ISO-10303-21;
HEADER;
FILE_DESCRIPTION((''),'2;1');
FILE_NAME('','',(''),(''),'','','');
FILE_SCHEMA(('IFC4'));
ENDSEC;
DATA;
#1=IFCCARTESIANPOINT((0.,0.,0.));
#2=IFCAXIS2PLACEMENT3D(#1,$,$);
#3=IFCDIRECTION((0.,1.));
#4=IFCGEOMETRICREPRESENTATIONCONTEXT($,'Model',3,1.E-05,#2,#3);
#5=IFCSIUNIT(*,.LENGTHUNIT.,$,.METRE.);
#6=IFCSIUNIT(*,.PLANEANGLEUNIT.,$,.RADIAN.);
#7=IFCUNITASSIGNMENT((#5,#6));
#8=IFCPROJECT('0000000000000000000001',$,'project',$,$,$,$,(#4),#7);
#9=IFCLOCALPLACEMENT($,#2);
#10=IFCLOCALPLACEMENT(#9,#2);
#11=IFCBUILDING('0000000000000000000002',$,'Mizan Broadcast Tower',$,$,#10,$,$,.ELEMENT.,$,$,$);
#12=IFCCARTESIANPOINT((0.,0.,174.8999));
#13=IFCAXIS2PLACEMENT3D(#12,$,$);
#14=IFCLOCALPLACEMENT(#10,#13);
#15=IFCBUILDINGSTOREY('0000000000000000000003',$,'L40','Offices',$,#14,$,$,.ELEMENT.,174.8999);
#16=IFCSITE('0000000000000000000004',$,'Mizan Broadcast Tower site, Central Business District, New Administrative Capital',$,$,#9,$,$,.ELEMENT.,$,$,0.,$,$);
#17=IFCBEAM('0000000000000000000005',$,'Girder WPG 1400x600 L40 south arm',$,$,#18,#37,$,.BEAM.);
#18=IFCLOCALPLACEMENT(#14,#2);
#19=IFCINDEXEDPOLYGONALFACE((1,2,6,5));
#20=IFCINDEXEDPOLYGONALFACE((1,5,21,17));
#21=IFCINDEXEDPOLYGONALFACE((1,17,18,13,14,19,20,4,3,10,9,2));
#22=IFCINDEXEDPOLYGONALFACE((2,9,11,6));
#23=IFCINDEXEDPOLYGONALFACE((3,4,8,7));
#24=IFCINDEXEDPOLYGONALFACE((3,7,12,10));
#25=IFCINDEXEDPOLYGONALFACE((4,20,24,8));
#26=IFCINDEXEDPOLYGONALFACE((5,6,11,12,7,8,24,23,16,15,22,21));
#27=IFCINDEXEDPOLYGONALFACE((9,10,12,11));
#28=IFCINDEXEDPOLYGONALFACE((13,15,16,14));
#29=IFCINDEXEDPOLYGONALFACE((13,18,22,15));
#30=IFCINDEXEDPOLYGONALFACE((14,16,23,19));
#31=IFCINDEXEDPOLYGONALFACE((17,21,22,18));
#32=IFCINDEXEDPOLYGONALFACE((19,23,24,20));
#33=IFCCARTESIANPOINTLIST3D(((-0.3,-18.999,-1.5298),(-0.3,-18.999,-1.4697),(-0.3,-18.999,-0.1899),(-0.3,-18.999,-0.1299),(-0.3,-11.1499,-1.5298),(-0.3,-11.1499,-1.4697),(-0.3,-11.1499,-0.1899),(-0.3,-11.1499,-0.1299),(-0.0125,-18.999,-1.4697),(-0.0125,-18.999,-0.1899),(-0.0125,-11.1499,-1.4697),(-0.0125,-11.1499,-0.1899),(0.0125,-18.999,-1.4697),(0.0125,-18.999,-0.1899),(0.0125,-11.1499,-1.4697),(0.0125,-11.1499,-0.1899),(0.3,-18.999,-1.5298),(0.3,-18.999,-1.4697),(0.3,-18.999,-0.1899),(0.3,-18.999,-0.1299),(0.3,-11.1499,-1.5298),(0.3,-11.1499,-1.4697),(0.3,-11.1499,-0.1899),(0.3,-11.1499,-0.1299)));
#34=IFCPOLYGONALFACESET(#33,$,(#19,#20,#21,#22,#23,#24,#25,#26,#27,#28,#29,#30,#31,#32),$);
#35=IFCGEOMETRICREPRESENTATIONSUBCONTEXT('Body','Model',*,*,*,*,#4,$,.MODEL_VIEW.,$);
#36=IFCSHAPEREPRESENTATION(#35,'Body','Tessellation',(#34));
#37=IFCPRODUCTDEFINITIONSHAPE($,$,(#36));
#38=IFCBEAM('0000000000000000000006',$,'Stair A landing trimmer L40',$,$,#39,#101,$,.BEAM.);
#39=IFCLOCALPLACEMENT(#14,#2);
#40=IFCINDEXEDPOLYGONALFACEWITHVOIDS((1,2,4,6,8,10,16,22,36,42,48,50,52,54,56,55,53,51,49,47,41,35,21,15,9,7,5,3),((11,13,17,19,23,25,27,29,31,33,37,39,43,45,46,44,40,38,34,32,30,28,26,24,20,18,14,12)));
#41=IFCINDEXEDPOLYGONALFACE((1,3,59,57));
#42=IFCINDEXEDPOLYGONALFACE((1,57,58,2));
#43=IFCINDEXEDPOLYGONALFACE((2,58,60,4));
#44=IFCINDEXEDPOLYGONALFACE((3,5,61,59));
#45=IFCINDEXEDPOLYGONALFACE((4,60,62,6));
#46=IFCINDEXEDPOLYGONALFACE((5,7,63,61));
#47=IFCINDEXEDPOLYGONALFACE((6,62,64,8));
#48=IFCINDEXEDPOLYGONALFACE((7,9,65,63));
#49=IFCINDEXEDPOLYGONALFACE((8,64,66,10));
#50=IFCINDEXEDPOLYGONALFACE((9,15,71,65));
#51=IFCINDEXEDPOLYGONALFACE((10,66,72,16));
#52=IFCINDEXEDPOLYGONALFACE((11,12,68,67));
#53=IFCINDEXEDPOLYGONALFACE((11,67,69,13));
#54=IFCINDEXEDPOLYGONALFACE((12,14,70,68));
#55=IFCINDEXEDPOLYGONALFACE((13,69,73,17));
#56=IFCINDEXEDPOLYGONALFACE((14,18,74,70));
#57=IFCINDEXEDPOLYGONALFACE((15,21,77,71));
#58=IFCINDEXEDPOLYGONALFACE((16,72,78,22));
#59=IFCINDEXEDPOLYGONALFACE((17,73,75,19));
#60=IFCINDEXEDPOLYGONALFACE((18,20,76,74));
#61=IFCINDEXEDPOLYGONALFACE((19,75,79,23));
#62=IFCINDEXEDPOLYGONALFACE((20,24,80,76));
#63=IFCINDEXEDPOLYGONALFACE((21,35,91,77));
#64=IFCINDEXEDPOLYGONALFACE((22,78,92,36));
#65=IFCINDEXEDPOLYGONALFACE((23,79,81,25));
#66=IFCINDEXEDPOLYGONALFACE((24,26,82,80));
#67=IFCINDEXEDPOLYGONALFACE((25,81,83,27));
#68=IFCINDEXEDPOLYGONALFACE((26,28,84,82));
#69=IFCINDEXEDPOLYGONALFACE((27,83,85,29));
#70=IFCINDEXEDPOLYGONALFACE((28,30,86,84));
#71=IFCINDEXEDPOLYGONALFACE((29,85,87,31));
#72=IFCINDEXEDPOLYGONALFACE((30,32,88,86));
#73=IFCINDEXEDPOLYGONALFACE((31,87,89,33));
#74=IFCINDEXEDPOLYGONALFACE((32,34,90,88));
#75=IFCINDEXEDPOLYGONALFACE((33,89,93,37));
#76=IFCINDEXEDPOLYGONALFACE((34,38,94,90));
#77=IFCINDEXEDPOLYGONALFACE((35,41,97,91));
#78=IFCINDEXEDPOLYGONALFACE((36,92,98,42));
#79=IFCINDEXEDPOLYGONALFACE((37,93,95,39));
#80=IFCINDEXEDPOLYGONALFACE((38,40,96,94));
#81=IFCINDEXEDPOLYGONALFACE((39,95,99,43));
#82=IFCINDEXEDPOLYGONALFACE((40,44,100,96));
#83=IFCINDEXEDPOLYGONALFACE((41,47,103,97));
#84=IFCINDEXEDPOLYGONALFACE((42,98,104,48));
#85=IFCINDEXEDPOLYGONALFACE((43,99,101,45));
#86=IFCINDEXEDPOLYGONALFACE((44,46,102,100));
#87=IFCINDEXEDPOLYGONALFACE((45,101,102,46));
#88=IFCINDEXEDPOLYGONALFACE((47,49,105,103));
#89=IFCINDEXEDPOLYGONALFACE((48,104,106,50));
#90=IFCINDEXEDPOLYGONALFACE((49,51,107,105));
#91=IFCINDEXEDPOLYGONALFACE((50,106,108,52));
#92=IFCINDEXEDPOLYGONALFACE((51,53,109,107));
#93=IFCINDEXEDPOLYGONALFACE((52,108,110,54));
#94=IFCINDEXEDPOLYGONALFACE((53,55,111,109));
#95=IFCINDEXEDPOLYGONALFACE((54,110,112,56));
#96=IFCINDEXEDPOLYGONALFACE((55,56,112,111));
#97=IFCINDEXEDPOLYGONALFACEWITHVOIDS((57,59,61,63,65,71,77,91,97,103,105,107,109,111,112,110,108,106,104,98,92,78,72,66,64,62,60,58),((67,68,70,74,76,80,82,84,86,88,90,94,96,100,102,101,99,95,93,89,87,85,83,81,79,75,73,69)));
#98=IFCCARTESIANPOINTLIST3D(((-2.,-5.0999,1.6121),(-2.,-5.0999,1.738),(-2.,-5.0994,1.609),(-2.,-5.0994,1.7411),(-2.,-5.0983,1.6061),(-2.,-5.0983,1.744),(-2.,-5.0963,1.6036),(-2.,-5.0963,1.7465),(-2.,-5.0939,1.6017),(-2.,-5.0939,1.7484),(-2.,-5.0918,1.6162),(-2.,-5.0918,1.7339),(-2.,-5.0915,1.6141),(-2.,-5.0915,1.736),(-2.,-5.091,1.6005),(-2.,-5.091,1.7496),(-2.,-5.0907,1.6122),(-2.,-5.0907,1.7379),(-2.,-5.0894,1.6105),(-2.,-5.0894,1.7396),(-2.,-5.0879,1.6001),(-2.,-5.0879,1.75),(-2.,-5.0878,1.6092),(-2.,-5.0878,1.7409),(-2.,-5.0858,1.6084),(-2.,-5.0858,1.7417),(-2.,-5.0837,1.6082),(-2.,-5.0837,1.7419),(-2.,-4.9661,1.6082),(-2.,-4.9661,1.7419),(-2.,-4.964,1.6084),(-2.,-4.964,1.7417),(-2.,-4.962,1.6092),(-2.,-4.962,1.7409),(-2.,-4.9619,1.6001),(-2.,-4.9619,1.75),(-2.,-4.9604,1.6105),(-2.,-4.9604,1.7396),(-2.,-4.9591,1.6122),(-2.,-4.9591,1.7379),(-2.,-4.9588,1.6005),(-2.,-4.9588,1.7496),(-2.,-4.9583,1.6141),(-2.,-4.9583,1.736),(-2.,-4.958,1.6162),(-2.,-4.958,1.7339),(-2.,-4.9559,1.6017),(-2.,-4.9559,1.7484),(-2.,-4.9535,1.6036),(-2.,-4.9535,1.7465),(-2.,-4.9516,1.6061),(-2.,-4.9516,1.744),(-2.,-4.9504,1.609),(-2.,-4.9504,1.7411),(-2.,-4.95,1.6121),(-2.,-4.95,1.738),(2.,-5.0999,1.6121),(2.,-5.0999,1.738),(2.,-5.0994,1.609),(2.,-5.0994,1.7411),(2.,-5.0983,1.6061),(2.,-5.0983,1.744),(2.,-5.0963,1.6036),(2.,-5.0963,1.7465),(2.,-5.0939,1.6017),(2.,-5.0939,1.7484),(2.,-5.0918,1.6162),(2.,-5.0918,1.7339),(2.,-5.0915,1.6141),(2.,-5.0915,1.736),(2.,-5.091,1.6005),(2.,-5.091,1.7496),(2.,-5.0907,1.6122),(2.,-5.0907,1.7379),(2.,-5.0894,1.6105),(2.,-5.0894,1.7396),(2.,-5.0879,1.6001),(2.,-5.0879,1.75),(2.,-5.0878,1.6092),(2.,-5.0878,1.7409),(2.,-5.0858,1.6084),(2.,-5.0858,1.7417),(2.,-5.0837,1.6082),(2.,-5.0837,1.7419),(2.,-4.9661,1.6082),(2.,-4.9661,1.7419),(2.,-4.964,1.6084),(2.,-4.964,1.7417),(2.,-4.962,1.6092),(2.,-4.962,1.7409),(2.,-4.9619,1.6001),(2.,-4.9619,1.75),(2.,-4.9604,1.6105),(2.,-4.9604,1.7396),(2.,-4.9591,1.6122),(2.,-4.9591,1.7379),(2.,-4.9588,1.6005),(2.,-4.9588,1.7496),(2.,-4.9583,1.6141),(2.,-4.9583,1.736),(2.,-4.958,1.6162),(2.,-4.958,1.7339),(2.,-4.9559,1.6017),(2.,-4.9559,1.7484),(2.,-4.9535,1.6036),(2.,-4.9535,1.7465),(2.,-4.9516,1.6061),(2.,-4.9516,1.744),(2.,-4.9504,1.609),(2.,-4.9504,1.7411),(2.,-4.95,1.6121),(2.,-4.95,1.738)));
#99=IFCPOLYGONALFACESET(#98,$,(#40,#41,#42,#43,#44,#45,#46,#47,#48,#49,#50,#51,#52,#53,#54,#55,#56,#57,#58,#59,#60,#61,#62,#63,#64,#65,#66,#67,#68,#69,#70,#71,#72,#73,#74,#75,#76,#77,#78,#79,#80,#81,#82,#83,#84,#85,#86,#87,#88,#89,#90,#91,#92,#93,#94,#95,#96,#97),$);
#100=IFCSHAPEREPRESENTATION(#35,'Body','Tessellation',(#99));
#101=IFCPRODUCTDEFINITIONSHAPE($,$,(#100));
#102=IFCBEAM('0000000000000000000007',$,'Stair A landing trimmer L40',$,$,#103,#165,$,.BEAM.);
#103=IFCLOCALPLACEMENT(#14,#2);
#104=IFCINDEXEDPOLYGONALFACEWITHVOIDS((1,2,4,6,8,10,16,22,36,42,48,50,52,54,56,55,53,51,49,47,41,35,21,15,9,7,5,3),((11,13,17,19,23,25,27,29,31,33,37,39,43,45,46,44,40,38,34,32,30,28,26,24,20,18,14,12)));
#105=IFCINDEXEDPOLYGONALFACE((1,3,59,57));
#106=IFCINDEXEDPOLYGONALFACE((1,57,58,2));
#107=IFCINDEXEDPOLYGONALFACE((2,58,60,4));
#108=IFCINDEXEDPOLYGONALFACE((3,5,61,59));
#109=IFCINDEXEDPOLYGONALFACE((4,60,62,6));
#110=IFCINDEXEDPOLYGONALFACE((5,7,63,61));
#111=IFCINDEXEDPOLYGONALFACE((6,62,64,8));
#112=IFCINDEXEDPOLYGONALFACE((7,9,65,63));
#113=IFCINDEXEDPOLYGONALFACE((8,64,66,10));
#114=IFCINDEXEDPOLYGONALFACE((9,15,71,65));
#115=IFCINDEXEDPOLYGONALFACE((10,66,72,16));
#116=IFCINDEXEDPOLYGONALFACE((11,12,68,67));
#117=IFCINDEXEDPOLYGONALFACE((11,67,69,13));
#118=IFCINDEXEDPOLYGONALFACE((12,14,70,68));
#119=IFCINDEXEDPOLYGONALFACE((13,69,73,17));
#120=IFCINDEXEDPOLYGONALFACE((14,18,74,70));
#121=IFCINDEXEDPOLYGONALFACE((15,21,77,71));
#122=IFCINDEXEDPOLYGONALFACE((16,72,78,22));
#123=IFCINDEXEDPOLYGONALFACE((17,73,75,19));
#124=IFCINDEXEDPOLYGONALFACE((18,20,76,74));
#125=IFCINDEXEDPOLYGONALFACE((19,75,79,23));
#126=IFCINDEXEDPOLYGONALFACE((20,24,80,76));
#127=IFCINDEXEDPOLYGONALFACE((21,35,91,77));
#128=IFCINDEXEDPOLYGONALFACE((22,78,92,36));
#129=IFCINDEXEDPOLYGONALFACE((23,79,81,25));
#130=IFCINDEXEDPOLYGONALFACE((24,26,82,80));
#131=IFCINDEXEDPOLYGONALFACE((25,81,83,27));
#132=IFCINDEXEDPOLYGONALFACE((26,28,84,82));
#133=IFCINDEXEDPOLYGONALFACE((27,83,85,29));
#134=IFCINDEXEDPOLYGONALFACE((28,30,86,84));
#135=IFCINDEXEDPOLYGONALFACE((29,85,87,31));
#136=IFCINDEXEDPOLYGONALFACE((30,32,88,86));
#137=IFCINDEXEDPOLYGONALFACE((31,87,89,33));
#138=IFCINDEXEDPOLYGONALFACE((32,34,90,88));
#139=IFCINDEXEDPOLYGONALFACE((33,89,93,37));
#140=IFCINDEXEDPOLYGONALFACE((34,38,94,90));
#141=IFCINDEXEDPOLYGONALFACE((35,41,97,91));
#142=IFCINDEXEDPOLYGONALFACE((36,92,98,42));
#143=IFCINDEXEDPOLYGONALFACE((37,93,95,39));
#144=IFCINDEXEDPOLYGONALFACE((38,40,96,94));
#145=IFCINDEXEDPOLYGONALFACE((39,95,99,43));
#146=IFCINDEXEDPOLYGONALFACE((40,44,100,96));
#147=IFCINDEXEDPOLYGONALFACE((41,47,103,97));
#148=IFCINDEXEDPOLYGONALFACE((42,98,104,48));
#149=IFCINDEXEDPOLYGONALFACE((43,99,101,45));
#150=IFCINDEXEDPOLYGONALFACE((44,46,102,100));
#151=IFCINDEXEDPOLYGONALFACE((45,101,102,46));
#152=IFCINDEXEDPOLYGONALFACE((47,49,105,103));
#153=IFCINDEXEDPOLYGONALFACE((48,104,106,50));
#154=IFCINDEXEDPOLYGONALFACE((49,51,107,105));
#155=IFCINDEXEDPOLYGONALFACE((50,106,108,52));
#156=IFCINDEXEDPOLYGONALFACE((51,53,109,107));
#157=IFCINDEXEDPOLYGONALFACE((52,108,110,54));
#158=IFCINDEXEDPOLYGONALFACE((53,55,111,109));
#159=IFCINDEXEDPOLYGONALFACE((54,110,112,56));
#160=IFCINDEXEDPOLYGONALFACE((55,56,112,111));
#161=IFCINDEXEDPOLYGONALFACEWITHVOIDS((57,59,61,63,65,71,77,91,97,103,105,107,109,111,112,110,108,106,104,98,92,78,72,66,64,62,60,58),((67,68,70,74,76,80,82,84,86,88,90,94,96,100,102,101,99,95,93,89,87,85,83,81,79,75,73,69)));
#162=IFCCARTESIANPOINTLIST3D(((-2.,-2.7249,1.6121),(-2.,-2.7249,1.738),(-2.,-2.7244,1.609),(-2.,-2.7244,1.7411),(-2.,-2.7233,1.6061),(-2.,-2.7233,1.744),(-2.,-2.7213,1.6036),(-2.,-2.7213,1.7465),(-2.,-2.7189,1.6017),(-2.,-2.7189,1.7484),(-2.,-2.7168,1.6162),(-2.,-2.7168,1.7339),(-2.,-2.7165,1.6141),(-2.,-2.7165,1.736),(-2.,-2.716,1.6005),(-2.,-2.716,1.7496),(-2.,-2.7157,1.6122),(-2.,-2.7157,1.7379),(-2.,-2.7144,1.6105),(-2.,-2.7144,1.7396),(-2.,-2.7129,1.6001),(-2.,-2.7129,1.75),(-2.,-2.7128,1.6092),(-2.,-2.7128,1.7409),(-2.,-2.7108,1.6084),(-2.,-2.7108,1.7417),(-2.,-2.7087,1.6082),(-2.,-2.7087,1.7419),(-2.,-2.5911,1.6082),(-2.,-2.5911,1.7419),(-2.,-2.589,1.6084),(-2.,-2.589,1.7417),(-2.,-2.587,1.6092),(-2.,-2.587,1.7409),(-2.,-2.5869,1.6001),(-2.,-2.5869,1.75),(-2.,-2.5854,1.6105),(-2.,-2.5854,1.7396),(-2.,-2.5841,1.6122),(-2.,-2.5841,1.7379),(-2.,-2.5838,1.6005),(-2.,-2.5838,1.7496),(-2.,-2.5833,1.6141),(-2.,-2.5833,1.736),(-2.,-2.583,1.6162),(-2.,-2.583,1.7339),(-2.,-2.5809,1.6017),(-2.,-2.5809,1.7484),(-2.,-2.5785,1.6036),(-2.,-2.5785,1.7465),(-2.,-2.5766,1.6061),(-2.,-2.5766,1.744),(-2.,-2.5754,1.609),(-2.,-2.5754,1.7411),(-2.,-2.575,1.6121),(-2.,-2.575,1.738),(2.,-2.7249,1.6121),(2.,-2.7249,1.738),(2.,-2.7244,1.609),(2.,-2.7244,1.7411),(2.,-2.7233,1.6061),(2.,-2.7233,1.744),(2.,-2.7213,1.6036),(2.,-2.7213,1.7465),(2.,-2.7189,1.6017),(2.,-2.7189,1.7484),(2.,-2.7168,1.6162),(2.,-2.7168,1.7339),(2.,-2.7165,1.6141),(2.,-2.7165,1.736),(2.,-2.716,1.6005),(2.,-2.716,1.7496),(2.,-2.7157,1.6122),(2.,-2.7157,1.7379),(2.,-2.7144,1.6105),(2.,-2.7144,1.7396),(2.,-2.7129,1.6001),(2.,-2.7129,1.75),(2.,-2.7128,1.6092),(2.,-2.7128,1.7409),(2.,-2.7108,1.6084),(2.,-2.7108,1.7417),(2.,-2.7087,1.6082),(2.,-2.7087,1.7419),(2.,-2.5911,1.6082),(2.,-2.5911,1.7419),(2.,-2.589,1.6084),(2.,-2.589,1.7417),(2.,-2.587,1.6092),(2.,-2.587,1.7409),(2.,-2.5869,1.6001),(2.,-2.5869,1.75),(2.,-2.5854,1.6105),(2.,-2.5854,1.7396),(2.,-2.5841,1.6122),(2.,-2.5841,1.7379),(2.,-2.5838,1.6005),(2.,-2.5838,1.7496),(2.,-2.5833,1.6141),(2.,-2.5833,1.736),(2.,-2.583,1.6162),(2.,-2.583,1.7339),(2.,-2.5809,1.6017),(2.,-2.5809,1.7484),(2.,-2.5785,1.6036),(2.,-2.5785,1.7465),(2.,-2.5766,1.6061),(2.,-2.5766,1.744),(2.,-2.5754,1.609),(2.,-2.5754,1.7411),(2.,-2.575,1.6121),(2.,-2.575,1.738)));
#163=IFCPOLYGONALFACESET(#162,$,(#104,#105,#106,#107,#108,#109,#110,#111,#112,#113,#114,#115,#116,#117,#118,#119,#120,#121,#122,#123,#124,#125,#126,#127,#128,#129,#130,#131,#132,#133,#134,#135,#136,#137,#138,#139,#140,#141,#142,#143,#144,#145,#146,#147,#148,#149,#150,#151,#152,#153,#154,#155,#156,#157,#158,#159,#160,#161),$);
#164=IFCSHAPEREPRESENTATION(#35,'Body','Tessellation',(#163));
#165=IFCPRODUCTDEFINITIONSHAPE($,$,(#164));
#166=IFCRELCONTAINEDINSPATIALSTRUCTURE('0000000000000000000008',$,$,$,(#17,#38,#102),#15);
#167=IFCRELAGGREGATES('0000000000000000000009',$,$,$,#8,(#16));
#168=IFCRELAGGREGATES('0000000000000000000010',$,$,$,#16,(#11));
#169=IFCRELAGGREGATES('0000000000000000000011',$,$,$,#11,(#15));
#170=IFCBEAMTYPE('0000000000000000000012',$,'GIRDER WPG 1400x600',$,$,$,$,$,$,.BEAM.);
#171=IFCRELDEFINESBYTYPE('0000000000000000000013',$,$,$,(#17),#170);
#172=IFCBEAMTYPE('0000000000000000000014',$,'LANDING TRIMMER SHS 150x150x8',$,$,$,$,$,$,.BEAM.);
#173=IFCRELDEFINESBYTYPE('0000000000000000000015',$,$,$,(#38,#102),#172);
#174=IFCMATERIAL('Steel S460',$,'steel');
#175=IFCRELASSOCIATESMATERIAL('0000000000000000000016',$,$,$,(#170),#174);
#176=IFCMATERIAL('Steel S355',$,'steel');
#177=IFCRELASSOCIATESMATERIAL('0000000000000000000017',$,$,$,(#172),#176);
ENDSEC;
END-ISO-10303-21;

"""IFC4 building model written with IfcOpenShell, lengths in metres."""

from ifc_helpers import new_model, si_unit, direction, frame, origin, origin_2d, place, context, subcontext, project, spatial, hollow_rectangle, i_section, extrude, material, material_profile, profile_set, type_object, element, save


model = new_model("IFC4")

# Units and contexts
model_context = context("Model", 3, precision=1e-05, world=origin(), true_north=direction((0.0, 1.0)))
body_context = subcontext(model_context, "Body", "Model", "MODEL_VIEW")
ifc_project = project(units=[si_unit("LENGTHUNIT", "METRE"), si_unit("PLANEANGLEUNIT", "RADIAN")], contexts=[model_context])

# Site, building, storey
site_placement = place(None, origin())
site = spatial("IfcSite", under=ifc_project, at=site_placement, Name="Mizan Broadcast Tower site, Central Business District, New Administrative Capital", CompositionType="ELEMENT", RefElevation=0.0)
building_placement = place(site_placement, origin())
building = spatial("IfcBuilding", under=site, at=building_placement, Name="Mizan Broadcast Tower", CompositionType="ELEMENT")
storey_placement = place(building_placement, frame((0.0, 0.0, 174.8999)))
storey = spatial("IfcBuildingStorey", under=building, at=storey_placement, Name="L40", Description="Offices", CompositionType="ELEMENT", Elevation=174.8999)

# Beams
ifc_material_1 = material(Name="Steel S460", Category="steel")
ifc_material_profile_1 = material_profile(ifc_material_1, i_section(OverallWidth=0.6001, OverallDepth=1.3999, WebThickness=0.0249, FlangeThickness=0.0601, at=origin_2d()), Name="WPG 1400x600")
ifc_profile_set_1 = profile_set([ifc_material_profile_1], Name="Steel S460")
beam_type_1 = type_object("IfcBeamType", Name="GIRDER WPG 1400x600", PredefinedType="BEAM", material=ifc_profile_set_1)
beam_1_placement = place(storey_placement, frame((0.0, -11.1499, -0.8298), z_axis=(0.0, -1.0, 0.0), x_axis=(1.0, 0.0, 0.0)))
element("IfcBeam", 1, at=beam_1_placement, inside=storey, type_object=beam_type_1, Name="Girder WPG 1400x600 L40 south arm", PredefinedType="BEAM", context=body_context, shape_type="SweptSolid", body=[
    extrude(i_section(OverallWidth=0.6001, OverallDepth=1.3999, WebThickness=0.0249, FlangeThickness=0.0601, at=origin_2d()), origin(), (0.0, 0.0, 1.0), 7.8491),
])
ifc_material_2 = material(Name="Steel S355", Category="steel")
ifc_material_profile_2 = material_profile(ifc_material_2, hollow_rectangle(XDim=0.1499, YDim=0.1499, WallThickness=0.0081, InnerFilletRadius=0.0081, OuterFilletRadius=0.012, at=origin_2d()), Name="SHS 150x150x8")
ifc_profile_set_2 = profile_set([ifc_material_profile_2], Name="Steel S355")
beam_type_2 = type_object("IfcBeamType", Name="LANDING TRIMMER SHS 150x150x8", PredefinedType="BEAM", material=ifc_profile_set_2)
for number, where, z_axis, x_axis, name in (
    (2, (-2.0, -5.0249, 1.675), (1.0, 0.0, 0.0), (0.0, 1.0, 0.0), "Stair A landing trimmer L40"),
    (3, (-2.0, -2.6499, 1.675), (1.0, 0.0, 0.0), (0.0, 1.0, 0.0), "Stair A landing trimmer L40"),
):
    element("IfcBeam", number, at=place(storey_placement, frame(where, z_axis=z_axis, x_axis=x_axis)), inside=storey, type_object=beam_type_2, Name=name, PredefinedType="BEAM", context=body_context, shape_type="SweptSolid", body=[
        extrude(hollow_rectangle(XDim=0.1499, YDim=0.1499, WallThickness=0.0081, InnerFilletRadius=0.0081, OuterFilletRadius=0.012, at=origin_2d()), origin(), (0.0, 0.0, 1.0), 4.0),
    ])

save(model, "model.ifc")
